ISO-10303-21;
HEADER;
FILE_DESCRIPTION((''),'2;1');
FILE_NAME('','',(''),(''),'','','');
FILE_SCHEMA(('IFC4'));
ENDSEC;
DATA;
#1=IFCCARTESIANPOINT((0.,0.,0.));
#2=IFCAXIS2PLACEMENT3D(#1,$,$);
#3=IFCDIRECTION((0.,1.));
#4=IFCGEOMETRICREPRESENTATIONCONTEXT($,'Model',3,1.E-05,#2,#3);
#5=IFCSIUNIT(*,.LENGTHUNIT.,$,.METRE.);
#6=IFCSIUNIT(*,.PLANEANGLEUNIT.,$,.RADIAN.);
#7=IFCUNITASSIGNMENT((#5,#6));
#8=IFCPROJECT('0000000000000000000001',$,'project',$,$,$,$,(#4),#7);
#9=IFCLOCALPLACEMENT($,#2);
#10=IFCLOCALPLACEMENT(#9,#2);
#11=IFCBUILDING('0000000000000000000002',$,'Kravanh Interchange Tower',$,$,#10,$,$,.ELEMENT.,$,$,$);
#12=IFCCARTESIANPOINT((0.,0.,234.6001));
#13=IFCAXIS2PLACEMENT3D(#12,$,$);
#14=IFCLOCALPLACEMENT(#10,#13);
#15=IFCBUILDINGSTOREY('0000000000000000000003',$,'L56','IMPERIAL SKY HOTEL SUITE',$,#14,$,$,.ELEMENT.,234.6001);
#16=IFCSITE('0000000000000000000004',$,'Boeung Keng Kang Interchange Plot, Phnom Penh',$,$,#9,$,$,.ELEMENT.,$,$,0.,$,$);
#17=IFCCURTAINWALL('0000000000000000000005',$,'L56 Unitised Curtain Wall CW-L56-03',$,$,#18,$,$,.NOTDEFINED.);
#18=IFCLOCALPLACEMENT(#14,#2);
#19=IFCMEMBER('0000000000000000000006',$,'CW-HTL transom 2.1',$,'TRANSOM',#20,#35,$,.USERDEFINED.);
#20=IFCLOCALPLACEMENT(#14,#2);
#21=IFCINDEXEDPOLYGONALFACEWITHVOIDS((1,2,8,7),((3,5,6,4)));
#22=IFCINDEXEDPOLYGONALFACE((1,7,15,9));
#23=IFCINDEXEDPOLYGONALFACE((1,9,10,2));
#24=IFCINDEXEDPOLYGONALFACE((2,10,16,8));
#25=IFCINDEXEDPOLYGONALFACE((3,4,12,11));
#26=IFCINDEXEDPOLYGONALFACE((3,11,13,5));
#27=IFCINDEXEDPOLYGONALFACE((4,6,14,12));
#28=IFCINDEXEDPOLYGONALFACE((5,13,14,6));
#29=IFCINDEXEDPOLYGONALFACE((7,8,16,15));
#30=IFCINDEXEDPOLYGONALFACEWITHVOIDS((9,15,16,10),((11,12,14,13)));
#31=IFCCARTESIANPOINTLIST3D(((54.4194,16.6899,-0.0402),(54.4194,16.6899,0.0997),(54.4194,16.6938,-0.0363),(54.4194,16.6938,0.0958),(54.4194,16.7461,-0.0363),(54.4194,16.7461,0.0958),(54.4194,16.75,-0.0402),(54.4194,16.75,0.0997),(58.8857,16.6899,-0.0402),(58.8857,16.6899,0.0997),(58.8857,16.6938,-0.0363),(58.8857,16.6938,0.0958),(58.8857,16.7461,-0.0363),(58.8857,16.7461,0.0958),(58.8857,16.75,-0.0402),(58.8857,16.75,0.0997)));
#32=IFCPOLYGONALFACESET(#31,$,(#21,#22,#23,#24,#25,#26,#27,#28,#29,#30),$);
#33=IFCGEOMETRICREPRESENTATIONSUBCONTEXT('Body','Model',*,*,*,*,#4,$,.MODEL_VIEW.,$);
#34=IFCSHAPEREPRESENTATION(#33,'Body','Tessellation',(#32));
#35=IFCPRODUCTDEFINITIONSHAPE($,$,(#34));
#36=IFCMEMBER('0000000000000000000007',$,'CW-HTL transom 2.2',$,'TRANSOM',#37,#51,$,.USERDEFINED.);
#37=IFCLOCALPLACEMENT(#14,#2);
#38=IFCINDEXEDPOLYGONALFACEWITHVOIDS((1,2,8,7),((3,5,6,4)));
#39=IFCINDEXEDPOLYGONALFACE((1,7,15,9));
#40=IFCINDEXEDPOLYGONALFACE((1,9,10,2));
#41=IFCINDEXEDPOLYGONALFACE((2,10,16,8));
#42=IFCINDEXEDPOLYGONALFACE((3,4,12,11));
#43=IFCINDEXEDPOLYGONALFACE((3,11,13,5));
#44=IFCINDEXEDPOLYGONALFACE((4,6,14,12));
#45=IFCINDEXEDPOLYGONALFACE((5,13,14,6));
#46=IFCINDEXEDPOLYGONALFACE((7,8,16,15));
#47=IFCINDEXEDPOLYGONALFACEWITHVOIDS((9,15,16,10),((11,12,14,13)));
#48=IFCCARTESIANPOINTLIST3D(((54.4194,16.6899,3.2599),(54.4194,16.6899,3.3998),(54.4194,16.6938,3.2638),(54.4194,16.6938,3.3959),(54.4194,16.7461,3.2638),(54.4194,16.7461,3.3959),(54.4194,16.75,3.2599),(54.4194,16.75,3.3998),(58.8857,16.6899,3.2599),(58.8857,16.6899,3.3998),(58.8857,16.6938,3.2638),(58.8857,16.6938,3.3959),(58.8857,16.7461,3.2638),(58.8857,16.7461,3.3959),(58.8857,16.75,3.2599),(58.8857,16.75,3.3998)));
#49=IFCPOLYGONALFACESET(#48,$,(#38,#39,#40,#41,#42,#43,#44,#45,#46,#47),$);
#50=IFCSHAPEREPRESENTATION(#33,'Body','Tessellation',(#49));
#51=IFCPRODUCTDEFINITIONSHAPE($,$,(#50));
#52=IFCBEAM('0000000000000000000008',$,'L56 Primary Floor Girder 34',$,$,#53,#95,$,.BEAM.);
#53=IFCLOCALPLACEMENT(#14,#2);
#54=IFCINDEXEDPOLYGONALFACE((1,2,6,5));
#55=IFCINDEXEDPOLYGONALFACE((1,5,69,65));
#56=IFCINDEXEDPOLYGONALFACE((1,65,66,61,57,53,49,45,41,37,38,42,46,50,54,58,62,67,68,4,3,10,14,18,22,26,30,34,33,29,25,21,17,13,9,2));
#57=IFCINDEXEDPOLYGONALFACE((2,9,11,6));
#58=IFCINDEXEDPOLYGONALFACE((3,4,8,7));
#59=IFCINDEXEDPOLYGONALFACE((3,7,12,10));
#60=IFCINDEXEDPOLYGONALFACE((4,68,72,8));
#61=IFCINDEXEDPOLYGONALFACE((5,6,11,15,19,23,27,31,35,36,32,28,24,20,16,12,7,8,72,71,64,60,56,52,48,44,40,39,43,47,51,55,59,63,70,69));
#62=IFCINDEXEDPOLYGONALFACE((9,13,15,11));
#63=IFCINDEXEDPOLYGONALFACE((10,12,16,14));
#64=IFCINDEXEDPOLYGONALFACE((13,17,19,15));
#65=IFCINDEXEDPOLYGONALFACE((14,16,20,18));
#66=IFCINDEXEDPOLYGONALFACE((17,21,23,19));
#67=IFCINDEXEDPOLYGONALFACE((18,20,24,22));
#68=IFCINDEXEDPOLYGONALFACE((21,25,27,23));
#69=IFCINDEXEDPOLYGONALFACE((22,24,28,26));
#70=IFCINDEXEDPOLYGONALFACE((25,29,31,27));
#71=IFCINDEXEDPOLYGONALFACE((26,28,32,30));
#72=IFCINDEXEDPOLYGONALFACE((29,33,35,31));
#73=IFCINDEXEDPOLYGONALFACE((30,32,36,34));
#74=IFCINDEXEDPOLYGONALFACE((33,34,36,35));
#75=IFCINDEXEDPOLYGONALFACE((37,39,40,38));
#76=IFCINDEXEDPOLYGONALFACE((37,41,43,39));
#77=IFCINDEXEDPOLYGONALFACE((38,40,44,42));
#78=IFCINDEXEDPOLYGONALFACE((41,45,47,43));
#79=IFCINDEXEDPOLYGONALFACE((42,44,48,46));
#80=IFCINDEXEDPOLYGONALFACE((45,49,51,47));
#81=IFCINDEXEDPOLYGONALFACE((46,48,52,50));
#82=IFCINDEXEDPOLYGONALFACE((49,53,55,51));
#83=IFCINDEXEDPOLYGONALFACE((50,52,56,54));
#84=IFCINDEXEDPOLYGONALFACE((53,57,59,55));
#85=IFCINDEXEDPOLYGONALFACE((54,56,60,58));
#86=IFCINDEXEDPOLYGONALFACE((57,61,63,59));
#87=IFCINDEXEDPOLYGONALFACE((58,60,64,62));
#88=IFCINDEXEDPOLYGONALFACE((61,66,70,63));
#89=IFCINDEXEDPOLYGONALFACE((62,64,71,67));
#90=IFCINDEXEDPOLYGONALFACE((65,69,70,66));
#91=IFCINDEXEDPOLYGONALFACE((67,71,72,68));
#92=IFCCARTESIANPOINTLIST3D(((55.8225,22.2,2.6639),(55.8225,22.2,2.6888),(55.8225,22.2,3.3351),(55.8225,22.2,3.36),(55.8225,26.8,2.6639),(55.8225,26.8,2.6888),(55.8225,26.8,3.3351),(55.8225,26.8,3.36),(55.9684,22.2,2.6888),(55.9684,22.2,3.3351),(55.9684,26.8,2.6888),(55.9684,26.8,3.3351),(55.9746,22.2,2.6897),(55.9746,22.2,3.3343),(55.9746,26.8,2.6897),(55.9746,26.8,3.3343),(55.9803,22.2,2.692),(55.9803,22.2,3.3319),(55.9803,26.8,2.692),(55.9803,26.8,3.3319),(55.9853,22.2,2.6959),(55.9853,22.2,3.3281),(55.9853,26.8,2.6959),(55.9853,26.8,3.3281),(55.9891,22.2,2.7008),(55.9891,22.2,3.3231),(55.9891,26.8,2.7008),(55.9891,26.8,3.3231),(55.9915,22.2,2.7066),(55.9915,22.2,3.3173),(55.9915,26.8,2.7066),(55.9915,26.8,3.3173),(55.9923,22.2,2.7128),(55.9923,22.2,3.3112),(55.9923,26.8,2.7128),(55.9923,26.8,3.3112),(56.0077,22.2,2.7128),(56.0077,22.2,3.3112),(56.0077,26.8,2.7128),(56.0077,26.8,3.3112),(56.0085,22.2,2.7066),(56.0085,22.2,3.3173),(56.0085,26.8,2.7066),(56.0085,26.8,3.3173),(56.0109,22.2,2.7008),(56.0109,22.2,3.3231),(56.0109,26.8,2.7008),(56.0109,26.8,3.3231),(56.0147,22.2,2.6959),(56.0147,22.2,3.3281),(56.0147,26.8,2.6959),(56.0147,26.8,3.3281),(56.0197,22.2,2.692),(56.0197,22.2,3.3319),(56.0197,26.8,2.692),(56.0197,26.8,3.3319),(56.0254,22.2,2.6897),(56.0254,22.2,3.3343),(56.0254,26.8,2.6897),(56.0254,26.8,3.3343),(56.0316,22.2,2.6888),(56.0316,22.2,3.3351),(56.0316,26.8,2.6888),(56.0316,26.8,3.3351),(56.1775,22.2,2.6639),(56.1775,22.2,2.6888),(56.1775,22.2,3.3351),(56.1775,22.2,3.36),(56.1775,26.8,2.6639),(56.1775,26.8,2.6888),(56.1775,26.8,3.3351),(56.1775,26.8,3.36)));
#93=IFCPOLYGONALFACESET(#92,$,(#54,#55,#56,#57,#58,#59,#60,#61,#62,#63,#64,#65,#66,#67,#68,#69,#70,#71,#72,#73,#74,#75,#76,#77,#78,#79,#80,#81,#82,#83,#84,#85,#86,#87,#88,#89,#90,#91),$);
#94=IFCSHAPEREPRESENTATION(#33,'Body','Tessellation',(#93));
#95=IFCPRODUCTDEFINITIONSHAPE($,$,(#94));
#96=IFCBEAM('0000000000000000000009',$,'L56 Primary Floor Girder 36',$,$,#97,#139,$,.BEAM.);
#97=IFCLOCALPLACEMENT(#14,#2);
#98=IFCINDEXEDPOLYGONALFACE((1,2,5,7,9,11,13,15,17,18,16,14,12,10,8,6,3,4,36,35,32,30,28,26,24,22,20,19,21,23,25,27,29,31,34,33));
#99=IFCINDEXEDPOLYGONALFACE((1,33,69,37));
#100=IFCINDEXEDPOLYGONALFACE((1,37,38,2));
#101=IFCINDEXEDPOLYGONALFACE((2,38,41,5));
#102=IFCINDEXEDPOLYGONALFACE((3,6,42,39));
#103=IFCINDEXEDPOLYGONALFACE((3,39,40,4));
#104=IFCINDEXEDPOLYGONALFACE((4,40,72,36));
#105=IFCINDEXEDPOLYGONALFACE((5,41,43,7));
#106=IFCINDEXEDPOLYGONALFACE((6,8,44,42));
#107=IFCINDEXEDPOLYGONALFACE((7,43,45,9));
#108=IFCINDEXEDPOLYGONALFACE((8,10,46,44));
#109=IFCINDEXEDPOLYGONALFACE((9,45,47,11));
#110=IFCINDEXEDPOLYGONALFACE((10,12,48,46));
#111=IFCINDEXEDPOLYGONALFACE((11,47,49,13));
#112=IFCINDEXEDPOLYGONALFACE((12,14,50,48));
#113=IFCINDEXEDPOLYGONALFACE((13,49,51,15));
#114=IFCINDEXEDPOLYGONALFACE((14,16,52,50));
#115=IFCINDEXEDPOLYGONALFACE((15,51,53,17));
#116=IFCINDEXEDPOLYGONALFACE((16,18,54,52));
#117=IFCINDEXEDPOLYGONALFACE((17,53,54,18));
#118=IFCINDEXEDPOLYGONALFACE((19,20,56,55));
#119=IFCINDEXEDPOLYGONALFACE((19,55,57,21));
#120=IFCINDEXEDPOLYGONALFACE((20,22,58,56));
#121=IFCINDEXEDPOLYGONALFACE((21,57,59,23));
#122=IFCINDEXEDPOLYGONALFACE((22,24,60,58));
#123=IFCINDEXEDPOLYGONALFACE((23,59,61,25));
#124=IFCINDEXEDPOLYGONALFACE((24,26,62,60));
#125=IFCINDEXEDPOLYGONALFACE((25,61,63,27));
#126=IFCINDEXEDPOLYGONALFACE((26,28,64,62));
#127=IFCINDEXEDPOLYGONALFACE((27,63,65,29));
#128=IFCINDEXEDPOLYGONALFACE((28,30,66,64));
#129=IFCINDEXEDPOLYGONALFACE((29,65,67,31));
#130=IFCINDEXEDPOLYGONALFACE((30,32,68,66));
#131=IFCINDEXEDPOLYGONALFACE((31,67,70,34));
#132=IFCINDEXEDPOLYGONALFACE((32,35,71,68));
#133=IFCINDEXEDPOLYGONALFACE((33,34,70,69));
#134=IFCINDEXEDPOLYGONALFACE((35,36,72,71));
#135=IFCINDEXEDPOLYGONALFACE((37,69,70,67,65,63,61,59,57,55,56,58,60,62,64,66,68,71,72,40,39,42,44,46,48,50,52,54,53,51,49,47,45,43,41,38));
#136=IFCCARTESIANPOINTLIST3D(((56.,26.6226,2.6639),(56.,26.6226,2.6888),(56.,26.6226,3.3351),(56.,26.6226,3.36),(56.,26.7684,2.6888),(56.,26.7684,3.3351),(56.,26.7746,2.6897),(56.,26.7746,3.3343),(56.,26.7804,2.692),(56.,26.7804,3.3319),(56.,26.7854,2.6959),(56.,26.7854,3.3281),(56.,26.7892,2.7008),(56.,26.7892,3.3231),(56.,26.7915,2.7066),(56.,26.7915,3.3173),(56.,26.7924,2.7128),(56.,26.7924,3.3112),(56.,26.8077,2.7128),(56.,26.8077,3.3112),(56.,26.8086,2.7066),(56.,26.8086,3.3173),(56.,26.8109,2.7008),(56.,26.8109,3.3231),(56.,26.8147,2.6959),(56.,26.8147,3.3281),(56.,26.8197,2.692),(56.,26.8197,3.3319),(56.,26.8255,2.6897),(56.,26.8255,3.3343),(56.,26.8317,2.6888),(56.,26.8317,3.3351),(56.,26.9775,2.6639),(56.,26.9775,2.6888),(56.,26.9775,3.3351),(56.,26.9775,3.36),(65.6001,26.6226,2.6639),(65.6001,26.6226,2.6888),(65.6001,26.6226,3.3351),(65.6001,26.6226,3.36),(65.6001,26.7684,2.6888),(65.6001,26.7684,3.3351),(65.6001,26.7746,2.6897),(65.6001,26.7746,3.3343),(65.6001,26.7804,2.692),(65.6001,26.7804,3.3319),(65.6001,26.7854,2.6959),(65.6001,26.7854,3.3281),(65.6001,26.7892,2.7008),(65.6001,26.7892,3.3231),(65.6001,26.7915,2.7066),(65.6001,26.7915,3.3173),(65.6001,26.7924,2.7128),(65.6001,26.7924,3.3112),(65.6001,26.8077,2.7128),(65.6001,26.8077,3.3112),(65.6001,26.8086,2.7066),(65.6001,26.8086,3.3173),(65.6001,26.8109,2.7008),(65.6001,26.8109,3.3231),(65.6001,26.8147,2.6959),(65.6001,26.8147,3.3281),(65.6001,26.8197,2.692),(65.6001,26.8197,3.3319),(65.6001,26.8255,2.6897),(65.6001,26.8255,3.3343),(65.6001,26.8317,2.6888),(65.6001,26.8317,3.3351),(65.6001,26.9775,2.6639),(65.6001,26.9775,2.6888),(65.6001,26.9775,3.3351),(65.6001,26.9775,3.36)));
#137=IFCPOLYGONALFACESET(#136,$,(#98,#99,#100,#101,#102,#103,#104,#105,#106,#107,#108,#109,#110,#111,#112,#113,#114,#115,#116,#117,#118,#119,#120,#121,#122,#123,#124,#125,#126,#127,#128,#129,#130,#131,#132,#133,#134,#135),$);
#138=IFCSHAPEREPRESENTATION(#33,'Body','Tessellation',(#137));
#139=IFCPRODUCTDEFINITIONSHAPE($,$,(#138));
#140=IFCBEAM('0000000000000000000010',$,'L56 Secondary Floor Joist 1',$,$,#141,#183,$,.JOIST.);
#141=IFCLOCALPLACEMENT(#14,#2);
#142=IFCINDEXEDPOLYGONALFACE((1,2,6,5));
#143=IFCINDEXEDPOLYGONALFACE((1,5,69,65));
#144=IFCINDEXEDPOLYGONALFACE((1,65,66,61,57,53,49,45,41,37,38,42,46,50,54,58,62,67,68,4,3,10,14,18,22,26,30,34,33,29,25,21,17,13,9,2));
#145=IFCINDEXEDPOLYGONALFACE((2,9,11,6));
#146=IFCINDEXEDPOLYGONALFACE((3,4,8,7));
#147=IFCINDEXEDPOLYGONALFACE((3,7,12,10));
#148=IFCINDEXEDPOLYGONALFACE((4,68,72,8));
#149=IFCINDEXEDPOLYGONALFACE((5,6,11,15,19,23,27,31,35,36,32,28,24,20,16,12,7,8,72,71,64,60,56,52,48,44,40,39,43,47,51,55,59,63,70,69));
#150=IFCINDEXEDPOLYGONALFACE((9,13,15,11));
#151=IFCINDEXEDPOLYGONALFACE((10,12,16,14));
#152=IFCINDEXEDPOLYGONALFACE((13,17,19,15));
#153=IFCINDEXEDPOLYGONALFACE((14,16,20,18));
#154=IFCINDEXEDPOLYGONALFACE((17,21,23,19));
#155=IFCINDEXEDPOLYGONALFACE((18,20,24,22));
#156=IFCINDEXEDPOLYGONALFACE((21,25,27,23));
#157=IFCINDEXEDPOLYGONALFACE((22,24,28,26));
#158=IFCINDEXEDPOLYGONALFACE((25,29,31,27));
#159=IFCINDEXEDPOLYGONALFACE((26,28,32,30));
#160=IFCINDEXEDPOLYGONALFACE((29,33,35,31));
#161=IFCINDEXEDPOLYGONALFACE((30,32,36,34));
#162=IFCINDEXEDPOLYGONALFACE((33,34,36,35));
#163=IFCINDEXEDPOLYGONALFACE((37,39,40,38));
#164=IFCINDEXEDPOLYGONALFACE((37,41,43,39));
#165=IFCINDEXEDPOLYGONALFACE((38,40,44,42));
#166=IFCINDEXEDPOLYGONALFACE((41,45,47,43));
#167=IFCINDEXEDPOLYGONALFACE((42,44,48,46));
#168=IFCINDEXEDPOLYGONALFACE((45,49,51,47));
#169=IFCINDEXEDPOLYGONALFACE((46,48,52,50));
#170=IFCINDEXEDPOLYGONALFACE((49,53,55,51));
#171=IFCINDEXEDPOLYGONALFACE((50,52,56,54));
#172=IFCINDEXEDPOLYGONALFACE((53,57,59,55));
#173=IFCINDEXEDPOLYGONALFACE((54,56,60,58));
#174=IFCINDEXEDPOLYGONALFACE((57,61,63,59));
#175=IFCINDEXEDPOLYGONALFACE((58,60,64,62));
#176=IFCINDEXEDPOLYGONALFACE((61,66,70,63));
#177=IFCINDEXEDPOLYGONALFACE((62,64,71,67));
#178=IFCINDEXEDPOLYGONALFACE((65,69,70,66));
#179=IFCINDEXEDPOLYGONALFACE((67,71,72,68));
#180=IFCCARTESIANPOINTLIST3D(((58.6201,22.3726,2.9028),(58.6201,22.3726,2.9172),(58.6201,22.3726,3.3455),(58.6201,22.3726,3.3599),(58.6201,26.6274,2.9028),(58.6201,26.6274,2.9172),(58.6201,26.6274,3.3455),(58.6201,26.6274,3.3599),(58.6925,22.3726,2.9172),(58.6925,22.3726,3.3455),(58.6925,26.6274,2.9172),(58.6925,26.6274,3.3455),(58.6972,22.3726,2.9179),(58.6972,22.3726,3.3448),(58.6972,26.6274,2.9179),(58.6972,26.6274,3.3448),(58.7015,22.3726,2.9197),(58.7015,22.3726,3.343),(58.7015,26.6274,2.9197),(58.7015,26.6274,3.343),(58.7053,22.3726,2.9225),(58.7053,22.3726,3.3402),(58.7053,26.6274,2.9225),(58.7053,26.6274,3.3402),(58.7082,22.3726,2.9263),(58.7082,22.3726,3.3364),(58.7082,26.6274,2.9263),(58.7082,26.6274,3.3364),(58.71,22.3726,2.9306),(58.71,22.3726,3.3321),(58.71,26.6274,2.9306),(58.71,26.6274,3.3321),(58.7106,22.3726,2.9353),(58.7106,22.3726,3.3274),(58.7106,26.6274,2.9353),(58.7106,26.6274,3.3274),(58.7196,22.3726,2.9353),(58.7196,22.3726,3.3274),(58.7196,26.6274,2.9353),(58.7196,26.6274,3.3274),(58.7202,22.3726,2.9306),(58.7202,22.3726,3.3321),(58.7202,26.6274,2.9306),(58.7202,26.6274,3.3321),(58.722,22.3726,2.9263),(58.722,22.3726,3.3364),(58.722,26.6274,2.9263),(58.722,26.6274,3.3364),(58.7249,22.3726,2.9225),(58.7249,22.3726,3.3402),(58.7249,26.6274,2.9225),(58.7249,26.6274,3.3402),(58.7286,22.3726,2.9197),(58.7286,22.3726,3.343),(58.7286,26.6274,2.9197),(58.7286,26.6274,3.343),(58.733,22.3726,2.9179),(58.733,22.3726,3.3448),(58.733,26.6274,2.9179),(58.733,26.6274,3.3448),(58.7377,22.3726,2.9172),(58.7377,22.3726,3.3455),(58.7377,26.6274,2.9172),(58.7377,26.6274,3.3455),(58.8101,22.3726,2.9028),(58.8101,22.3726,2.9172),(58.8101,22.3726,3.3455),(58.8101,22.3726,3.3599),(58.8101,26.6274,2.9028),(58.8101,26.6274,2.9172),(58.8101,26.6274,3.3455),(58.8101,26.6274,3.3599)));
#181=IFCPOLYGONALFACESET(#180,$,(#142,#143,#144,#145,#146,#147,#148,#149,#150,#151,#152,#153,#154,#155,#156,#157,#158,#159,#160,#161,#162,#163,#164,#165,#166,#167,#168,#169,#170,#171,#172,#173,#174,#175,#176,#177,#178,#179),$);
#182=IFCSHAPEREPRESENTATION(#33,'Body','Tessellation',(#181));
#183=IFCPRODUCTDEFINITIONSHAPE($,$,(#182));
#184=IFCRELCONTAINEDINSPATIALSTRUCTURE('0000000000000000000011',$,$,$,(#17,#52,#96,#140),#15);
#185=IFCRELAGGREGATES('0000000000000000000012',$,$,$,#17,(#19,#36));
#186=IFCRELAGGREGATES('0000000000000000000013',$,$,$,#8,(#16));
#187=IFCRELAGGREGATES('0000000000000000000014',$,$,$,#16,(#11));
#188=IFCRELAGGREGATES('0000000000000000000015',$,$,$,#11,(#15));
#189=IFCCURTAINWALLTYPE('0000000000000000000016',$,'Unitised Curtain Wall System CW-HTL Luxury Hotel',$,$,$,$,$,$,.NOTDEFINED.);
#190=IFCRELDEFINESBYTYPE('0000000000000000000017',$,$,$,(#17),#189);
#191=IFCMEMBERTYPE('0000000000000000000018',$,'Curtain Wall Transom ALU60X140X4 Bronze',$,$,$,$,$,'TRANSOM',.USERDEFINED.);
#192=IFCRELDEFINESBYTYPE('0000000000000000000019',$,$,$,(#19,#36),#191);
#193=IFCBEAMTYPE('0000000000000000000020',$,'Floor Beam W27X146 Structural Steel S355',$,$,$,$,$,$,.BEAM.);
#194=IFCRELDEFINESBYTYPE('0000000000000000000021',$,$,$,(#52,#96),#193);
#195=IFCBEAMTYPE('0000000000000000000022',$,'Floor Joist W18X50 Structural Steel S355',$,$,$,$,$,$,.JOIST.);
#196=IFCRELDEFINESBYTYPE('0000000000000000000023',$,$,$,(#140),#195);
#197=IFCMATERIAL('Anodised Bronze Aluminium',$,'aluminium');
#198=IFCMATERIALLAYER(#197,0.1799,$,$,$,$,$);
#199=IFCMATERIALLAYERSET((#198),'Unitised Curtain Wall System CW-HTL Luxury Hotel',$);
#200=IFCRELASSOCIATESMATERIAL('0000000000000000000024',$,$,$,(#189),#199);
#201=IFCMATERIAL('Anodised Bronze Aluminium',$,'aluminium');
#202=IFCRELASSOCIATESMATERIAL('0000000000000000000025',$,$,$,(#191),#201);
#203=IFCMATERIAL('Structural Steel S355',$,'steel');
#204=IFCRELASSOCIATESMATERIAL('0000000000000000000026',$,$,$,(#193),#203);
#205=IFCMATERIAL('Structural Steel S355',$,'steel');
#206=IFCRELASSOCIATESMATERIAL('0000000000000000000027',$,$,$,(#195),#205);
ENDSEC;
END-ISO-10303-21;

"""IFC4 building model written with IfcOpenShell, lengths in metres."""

from ifc_helpers import new_model, si_unit, direction, frame, origin, origin_2d, place, context, subcontext, project, spatial, hollow_rectangle, i_section, extrude, material, layer, layer_set, material_profile, profile_set, type_object, element, aggregate, save


model = new_model("IFC4")

# Units and contexts
model_context = context("Model", 3, precision=1e-05, world=origin(), true_north=direction((0.0, 1.0)))
body_context = subcontext(model_context, "Body", "Model", "MODEL_VIEW")
ifc_project = project(units=[si_unit("LENGTHUNIT", "METRE"), si_unit("PLANEANGLEUNIT", "RADIAN")], contexts=[model_context])

# Site, building, storey
site_placement = place(None, origin())
site = spatial("IfcSite", under=ifc_project, at=site_placement, Name="Boeung Keng Kang Interchange Plot, Phnom Penh", CompositionType="ELEMENT", RefElevation=0.0)
building_placement = place(site_placement, origin())
building = spatial("IfcBuilding", under=site, at=building_placement, Name="Kravanh Interchange Tower", CompositionType="ELEMENT")
storey_placement = place(building_placement, frame((0.0, 0.0, 234.6001)))
storey = spatial("IfcBuildingStorey", under=building, at=storey_placement, Name="L56", Description="IMPERIAL SKY HOTEL SUITE", CompositionType="ELEMENT", Elevation=234.6001)

# Curtain wall
ifc_material_1 = material(Name="Anodised Bronze Aluminium", Category="aluminium")
ifc_layer_1 = layer(ifc_material_1, 0.1799)
ifc_layer_set_1 = layer_set([ifc_layer_1], Name="Unitised Curtain Wall System CW-HTL Luxury Hotel")
curtain_wall_type = type_object("IfcCurtainWallType", Name="Unitised Curtain Wall System CW-HTL Luxury Hotel", PredefinedType="NOTDEFINED", material=ifc_layer_set_1)
curtain_wall_1_placement = place(storey_placement, origin())
curtain_wall_1 = element("IfcCurtainWall", 1, at=curtain_wall_1_placement, inside=storey, type_object=curtain_wall_type, Name="L56 Unitised Curtain Wall CW-L56-03", PredefinedType="NOTDEFINED")

# Members
ifc_material_2 = material(Name="Anodised Bronze Aluminium", Category="aluminium")
ifc_material_profile_1 = material_profile(ifc_material_2, hollow_rectangle(XDim=0.0601, YDim=0.1399, WallThickness=0.0039, at=origin_2d()), Name="ALU60X140X4")
ifc_profile_set_1 = profile_set([ifc_material_profile_1], Name="Anodised Bronze Aluminium")
member_type_1 = type_object("IfcMemberType", Name="Curtain Wall Transom ALU60X140X4 Bronze", ElementType="TRANSOM", PredefinedType="USERDEFINED", material=ifc_profile_set_1)
member_1_placement = place(storey_placement, frame((58.8857, 16.72, 0.0298), z_axis=(-1.0, 0.0, 0.0), x_axis=(0.0, -1.0, 0.0)))
member_1 = element("IfcMember", 2, at=member_1_placement, type_object=member_type_1, Name="CW-HTL transom 2.1", ObjectType="TRANSOM", PredefinedType="USERDEFINED", context=body_context, shape_type="SweptSolid", body=[
    extrude(hollow_rectangle(XDim=0.0601, YDim=0.1399, WallThickness=0.0039, at=origin_2d()), origin(), (0.0, 0.0, 1.0), 4.4663),
])
member_2_placement = place(storey_placement, frame((58.8857, 16.72, 3.3298), z_axis=(-1.0, 0.0, 0.0), x_axis=(0.0, -1.0, 0.0)))
member_2 = element("IfcMember", 3, at=member_2_placement, type_object=member_type_1, Name="CW-HTL transom 2.2", ObjectType="TRANSOM", PredefinedType="USERDEFINED", context=body_context, shape_type="SweptSolid", body=[
    extrude(hollow_rectangle(XDim=0.0601, YDim=0.1399, WallThickness=0.0039, at=origin_2d()), origin(), (0.0, 0.0, 1.0), 4.4663),
])

# Beams
ifc_material_3 = material(Name="Structural Steel S355", Category="steel")
ifc_material_profile_2 = material_profile(ifc_material_3, i_section(OverallWidth=0.355, OverallDepth=0.696, WebThickness=0.0154, FlangeThickness=0.0249, FilletRadius=0.0239, at=origin_2d()), Name="W27X146")
ifc_profile_set_2 = profile_set([ifc_material_profile_2], Name="Structural Steel S355")
beam_type_1 = type_object("IfcBeamType", Name="Floor Beam W27X146 Structural Steel S355", PredefinedType="BEAM", material=ifc_profile_set_2)
beam_1_placement = place(storey_placement, frame((56.0, 26.8, 3.012), z_axis=(0.0, -1.0, 0.0), x_axis=(1.0, 0.0, 0.0)))
element("IfcBeam", 4, at=beam_1_placement, inside=storey, type_object=beam_type_1, Name="L56 Primary Floor Girder 34", PredefinedType="BEAM", context=body_context, shape_type="SweptSolid", body=[
    extrude(i_section(OverallWidth=0.355, OverallDepth=0.696, WebThickness=0.0154, FlangeThickness=0.0249, FilletRadius=0.0239, at=origin_2d()), origin(), (0.0, 0.0, 1.0), 4.6001),
])
beam_2_placement = place(storey_placement, frame((56.0, 26.8, 3.012), z_axis=(1.0, 0.0, 0.0), x_axis=(0.0, 1.0, 0.0)))
element("IfcBeam", 5, at=beam_2_placement, inside=storey, type_object=beam_type_1, Name="L56 Primary Floor Girder 36", PredefinedType="BEAM", context=body_context, shape_type="SweptSolid", body=[
    extrude(i_section(OverallWidth=0.355, OverallDepth=0.696, WebThickness=0.0154, FlangeThickness=0.0249, FilletRadius=0.0239, at=origin_2d()), origin(), (0.0, 0.0, 1.0), 9.6001),
])
ifc_material_4 = material(Name="Structural Steel S355", Category="steel")
ifc_material_profile_3 = material_profile(ifc_material_4, i_section(OverallWidth=0.1899, OverallDepth=0.457, WebThickness=0.009, FlangeThickness=0.0144, FilletRadius=0.0181, at=origin_2d()), Name="W18X50")
ifc_profile_set_3 = profile_set([ifc_material_profile_3], Name="Structural Steel S355")
beam_type_2 = type_object("IfcBeamType", Name="Floor Joist W18X50 Structural Steel S355", PredefinedType="JOIST", material=ifc_profile_set_3)
for number, where, z_axis, x_axis, name in (
    (6, (58.7151, 22.3726, 3.1313), (0.0, 1.0, 0.0), (-1.0, 0.0, 0.0), "L56 Secondary Floor Joist 1"),
):
    element("IfcBeam", number, at=place(storey_placement, frame(where, z_axis=z_axis, x_axis=x_axis)), inside=storey, type_object=beam_type_2, Name=name, PredefinedType="JOIST", context=body_context, shape_type="SweptSolid", body=[
        extrude(i_section(OverallWidth=0.1899, OverallDepth=0.457, WebThickness=0.009, FlangeThickness=0.0144, FilletRadius=0.0181, at=origin_2d()), origin(), (0.0, 0.0, 1.0), 4.2549),
    ])

aggregate(curtain_wall_1, [member_1, member_2])

save(model, "model.ifc")
